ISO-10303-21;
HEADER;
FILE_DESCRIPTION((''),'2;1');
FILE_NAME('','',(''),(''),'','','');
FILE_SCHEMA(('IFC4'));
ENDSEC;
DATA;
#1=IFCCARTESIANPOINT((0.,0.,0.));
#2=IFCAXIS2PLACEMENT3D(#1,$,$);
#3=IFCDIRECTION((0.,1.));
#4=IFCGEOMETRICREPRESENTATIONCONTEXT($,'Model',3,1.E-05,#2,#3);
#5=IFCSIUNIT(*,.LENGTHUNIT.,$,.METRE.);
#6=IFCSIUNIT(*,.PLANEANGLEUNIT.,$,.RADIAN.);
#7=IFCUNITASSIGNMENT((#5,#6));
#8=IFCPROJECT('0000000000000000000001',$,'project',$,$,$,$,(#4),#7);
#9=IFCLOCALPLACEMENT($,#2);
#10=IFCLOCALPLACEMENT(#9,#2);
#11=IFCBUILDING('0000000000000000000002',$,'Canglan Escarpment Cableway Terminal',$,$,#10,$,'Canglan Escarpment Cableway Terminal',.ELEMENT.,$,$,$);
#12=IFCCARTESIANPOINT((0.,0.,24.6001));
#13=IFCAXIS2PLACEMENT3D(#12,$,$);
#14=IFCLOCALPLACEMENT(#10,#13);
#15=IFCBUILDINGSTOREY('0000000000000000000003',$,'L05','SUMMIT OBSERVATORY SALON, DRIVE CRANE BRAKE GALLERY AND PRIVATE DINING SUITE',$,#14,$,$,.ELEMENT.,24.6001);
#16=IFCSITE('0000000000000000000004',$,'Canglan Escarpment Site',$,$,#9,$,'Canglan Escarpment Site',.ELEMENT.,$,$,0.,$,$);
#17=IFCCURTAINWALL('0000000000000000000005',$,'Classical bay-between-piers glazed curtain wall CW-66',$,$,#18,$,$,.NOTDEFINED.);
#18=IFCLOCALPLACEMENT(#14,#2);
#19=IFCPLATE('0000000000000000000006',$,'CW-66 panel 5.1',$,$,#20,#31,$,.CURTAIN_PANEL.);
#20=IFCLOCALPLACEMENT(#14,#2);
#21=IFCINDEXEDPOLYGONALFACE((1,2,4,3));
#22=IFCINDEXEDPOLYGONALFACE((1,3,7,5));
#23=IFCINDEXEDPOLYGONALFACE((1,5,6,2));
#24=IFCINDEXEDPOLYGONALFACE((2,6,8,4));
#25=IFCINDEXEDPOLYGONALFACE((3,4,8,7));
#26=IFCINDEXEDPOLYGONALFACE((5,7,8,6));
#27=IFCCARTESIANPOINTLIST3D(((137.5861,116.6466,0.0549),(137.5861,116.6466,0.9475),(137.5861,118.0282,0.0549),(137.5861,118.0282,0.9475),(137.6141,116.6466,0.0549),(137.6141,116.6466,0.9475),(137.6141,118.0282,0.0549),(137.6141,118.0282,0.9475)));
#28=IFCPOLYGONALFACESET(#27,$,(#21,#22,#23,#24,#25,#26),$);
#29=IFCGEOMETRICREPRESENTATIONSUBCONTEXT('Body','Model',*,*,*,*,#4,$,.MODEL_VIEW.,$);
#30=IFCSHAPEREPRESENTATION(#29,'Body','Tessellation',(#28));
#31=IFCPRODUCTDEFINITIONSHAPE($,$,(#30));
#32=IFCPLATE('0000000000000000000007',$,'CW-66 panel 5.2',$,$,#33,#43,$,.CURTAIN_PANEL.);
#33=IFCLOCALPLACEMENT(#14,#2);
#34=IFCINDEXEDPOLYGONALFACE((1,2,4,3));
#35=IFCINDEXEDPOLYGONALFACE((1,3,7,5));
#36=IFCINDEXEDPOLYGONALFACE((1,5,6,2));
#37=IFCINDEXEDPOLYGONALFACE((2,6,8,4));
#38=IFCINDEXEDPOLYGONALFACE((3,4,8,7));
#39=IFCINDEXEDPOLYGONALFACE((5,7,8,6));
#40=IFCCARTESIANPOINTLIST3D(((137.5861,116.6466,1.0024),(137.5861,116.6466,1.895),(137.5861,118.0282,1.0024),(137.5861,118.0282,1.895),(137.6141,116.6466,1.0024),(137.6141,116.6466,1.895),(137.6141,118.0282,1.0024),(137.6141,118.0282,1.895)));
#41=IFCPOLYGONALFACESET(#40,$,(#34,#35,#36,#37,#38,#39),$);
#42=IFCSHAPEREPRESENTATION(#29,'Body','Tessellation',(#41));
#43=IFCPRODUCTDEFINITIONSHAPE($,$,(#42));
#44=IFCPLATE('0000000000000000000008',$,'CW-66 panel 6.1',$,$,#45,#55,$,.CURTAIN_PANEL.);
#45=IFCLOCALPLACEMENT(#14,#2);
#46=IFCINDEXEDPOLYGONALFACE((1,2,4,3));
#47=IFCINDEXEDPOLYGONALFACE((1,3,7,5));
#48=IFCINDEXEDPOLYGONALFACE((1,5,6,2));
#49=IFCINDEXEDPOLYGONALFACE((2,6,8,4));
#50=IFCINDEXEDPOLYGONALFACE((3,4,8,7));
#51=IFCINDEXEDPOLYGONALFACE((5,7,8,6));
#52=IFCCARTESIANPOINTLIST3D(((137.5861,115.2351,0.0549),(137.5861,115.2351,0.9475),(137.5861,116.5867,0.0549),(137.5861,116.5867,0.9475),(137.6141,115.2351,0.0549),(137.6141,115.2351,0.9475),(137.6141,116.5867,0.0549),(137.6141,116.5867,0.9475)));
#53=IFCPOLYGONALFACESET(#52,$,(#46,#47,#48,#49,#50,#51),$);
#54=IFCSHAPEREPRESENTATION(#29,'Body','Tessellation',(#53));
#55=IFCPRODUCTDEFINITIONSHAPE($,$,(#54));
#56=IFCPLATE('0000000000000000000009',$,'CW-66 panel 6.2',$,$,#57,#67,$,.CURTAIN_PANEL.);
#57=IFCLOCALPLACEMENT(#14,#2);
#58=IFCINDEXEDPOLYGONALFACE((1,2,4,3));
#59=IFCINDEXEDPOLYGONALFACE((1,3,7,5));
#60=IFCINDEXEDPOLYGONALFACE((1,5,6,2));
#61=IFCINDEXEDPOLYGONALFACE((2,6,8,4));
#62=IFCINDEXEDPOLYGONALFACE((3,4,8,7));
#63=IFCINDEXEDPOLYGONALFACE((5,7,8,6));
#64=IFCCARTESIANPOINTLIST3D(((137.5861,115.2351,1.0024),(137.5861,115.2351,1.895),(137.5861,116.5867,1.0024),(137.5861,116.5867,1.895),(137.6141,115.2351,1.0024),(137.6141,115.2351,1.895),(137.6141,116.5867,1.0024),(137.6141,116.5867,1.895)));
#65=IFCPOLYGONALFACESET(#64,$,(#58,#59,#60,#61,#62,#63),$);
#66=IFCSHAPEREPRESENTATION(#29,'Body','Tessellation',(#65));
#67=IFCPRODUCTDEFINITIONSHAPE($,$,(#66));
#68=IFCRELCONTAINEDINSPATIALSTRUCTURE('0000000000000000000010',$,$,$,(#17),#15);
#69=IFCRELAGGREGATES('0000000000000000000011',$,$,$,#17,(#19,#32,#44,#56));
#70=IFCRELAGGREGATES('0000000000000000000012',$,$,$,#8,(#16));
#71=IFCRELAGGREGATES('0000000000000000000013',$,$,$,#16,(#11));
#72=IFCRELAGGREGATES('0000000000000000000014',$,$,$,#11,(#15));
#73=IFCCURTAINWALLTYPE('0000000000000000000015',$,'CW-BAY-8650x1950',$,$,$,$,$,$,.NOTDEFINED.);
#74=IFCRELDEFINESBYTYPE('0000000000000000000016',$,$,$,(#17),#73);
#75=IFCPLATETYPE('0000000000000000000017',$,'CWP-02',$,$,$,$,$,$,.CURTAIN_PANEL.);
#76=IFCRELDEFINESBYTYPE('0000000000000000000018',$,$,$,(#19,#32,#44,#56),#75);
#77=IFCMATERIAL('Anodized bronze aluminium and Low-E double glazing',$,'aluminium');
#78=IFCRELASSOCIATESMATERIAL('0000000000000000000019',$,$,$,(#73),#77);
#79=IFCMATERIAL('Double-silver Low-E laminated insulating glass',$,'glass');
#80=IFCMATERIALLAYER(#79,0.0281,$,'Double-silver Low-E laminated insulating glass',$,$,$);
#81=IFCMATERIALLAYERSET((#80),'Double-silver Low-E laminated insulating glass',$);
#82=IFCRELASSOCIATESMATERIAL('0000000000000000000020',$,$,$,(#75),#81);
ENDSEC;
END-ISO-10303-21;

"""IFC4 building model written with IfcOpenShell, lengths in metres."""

from ifc_helpers import new_model, si_unit, direction, frame, origin, origin_2d, place, context, subcontext, project, spatial, rectangle, extrude, material, layer, layer_set, type_object, element, aggregate, save


model = new_model("IFC4")

# Units and contexts
model_context = context("Model", 3, precision=1e-05, world=origin(), true_north=direction((0.0, 1.0)))
body_context = subcontext(model_context, "Body", "Model", "MODEL_VIEW")
ifc_project = project(units=[si_unit("LENGTHUNIT", "METRE"), si_unit("PLANEANGLEUNIT", "RADIAN")], contexts=[model_context])

# Site, building, storey
site_placement = place(None, origin())
site = spatial("IfcSite", under=ifc_project, at=site_placement, Name="Canglan Escarpment Site", LongName="Canglan Escarpment Site", CompositionType="ELEMENT", RefElevation=0.0)
building_placement = place(site_placement, origin())
building = spatial("IfcBuilding", under=site, at=building_placement, Name="Canglan Escarpment Cableway Terminal", LongName="Canglan Escarpment Cableway Terminal", CompositionType="ELEMENT")
storey_placement = place(building_placement, frame((0.0, 0.0, 24.6001)))
storey = spatial("IfcBuildingStorey", under=building, at=storey_placement, Name="L05", Description="SUMMIT OBSERVATORY SALON, DRIVE CRANE BRAKE GALLERY AND PRIVATE DINING SUITE", CompositionType="ELEMENT", Elevation=24.6001)

# Curtain wall
ifc_material_1 = material(Name="Anodized bronze aluminium and Low-E double glazing", Category="aluminium")
curtain_wall_type = type_object("IfcCurtainWallType", Name="CW-BAY-8650x1950", PredefinedType="NOTDEFINED", material=ifc_material_1)
curtain_wall_1_placement = place(storey_placement, origin())
curtain_wall_1 = element("IfcCurtainWall", 1, at=curtain_wall_1_placement, inside=storey, type_object=curtain_wall_type, Name="Classical bay-between-piers glazed curtain wall CW-66", PredefinedType="NOTDEFINED")

# Plates
ifc_material_2 = material(Name="Double-silver Low-E laminated insulating glass", Category="glass")
ifc_layer_1 = layer(ifc_material_2, 0.0281, Name="Double-silver Low-E laminated insulating glass")
ifc_layer_set_1 = layer_set([ifc_layer_1], Name="Double-silver Low-E laminated insulating glass")
plate_type_1 = type_object("IfcPlateType", Name="CWP-02", PredefinedType="CURTAIN_PANEL", material=ifc_layer_set_1)
plate_1_placement = place(storey_placement, frame((137.6001, 117.3374, 0.0549), z_axis=(0.0, 0.0, 1.0), x_axis=(0.0, -1.0, 0.0)))
plate_1 = element("IfcPlate", 2, at=plate_1_placement, type_object=plate_type_1, Name="CW-66 panel 5.1", PredefinedType="CURTAIN_PANEL", context=body_context, shape_type="SweptSolid", body=[
    extrude(rectangle(XDim=1.3816, YDim=0.0281, at=origin_2d()), origin(), (0.0, 0.0, 1.0), 0.8926),
])
plate_2_placement = place(storey_placement, frame((137.6001, 117.3374, 1.0024), z_axis=(0.0, 0.0, 1.0), x_axis=(0.0, -1.0, 0.0)))
plate_2 = element("IfcPlate", 3, at=plate_2_placement, type_object=plate_type_1, Name="CW-66 panel 5.2", PredefinedType="CURTAIN_PANEL", context=body_context, shape_type="SweptSolid", body=[
    extrude(rectangle(XDim=1.3816, YDim=0.0281, at=origin_2d()), origin(), (0.0, 0.0, 1.0), 0.8926),
])
plate_3_placement = place(storey_placement, frame((137.6001, 115.9109, 0.0549), z_axis=(0.0, 0.0, 1.0), x_axis=(0.0, -1.0, 0.0)))
plate_3 = element("IfcPlate", 4, at=plate_3_placement, type_object=plate_type_1, Name="CW-66 panel 6.1", PredefinedType="CURTAIN_PANEL", context=body_context, shape_type="SweptSolid", body=[
    extrude(rectangle(XDim=1.3516, YDim=0.0281, at=origin_2d()), origin(), (0.0, 0.0, 1.0), 0.8926),
])
plate_4_placement = place(storey_placement, frame((137.6001, 115.9109, 1.0024), z_axis=(0.0, 0.0, 1.0), x_axis=(0.0, -1.0, 0.0)))
plate_4 = element("IfcPlate", 5, at=plate_4_placement, type_object=plate_type_1, Name="CW-66 panel 6.2", PredefinedType="CURTAIN_PANEL", context=body_context, shape_type="SweptSolid", body=[
    extrude(rectangle(XDim=1.3516, YDim=0.0281, at=origin_2d()), origin(), (0.0, 0.0, 1.0), 0.8926),
])
aggregate(curtain_wall_1, [plate_1, plate_2, plate_3, plate_4])

save(model, "model.ifc")
